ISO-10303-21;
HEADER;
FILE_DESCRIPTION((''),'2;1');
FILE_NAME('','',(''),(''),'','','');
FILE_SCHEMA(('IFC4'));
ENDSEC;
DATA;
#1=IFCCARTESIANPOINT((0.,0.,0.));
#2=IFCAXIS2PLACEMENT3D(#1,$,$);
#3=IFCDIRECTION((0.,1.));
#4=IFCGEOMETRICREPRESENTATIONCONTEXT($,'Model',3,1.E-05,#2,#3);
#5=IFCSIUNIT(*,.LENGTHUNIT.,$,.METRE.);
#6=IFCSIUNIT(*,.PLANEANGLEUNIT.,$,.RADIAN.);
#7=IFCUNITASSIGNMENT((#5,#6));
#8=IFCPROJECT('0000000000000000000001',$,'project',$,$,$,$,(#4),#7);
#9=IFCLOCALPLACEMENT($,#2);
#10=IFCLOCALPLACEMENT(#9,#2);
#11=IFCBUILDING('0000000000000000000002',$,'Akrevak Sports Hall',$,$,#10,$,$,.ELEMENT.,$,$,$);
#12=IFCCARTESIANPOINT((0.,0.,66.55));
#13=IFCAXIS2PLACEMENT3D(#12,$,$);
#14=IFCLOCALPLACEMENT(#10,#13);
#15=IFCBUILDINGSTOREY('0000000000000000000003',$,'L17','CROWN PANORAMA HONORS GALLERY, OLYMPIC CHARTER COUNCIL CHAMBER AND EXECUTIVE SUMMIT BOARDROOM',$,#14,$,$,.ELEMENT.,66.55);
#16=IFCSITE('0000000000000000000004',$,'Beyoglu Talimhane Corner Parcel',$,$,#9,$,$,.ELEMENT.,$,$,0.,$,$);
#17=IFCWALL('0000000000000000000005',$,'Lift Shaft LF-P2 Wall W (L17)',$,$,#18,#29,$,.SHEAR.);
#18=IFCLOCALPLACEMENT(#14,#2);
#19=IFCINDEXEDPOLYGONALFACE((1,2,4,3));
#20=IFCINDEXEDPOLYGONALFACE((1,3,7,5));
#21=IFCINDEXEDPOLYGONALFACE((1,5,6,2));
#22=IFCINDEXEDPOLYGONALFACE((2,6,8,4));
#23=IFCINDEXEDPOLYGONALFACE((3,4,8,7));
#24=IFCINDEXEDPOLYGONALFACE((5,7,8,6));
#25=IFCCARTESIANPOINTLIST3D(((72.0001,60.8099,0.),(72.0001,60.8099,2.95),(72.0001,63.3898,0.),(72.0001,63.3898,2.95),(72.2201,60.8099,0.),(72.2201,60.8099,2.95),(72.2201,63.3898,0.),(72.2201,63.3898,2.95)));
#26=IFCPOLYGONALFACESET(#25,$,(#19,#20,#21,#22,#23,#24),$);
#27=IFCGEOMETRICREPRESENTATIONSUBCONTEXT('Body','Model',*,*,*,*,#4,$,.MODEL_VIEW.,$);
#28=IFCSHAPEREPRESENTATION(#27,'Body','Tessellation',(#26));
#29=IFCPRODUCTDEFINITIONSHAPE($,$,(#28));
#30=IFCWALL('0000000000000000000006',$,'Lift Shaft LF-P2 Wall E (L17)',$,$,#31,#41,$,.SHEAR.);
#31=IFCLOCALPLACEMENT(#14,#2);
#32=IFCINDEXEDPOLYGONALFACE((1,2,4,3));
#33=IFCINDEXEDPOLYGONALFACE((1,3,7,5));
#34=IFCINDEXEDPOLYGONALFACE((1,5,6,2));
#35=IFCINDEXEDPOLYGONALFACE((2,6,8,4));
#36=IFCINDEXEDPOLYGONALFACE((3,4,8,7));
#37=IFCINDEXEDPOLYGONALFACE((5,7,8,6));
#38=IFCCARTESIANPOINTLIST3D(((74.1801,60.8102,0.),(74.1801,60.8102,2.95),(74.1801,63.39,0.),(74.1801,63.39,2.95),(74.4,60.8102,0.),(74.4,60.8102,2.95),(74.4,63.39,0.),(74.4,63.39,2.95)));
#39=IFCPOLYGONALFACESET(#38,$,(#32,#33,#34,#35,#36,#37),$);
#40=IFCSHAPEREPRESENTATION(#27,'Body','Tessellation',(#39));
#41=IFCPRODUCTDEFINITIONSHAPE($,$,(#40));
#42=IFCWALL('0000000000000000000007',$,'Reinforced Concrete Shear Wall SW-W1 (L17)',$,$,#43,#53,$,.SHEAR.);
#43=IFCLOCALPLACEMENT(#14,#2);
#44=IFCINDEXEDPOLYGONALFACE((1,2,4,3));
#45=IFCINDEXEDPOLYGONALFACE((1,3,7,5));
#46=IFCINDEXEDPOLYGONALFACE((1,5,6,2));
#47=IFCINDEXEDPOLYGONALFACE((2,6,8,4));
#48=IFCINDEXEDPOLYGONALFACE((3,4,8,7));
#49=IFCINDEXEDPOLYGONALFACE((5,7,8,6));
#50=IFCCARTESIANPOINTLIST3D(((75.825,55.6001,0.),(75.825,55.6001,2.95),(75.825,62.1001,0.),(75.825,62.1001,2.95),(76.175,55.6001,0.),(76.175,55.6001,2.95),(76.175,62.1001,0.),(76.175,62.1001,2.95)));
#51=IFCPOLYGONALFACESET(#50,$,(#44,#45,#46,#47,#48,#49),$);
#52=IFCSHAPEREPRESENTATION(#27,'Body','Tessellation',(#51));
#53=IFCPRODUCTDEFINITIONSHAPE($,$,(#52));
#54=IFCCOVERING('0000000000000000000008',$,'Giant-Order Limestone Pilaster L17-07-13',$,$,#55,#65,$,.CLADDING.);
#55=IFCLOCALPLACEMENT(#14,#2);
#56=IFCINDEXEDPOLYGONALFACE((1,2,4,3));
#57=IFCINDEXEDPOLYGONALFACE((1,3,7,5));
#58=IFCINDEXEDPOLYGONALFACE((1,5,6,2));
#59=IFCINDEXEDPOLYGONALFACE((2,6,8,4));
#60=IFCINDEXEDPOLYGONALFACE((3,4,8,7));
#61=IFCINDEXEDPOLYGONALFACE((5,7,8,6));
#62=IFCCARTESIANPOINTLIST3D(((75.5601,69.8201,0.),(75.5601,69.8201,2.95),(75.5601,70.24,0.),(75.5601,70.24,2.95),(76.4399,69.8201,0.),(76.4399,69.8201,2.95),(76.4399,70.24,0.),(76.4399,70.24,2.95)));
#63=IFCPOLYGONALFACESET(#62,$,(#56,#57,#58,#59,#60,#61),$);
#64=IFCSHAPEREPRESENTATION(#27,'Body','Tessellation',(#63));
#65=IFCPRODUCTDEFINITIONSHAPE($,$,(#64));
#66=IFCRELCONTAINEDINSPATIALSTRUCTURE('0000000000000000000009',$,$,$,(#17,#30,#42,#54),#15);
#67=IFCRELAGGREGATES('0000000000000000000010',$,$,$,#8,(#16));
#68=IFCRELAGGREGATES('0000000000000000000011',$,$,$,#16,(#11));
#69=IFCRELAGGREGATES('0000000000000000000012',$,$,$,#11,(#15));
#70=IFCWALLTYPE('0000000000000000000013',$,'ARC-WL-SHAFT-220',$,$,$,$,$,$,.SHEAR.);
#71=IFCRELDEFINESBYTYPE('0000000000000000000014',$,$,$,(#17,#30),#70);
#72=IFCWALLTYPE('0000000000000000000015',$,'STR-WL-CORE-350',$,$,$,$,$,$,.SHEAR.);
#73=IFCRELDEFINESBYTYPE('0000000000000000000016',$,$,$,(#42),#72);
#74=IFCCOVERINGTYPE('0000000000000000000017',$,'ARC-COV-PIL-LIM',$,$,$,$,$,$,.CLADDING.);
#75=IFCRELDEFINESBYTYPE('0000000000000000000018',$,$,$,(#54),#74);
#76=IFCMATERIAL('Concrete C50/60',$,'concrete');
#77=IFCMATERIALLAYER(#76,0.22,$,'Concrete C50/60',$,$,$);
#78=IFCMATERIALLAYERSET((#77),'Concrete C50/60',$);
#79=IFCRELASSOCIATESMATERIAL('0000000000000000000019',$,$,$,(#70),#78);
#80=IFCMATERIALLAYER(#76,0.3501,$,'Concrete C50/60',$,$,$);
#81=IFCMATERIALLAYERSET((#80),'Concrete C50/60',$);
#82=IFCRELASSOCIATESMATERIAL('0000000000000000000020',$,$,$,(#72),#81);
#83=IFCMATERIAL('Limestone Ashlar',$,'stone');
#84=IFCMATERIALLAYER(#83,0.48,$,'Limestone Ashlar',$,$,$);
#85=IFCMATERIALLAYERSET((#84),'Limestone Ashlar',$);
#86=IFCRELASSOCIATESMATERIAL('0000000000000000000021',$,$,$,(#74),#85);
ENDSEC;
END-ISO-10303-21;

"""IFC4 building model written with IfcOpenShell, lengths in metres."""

from ifc_helpers import new_model, si_unit, direction, frame, frame_2d, origin, origin_2d, place, context, subcontext, project, spatial, rectangle, extrude, material, layer, layer_set, type_object, element, save


model = new_model("IFC4")

# Units and contexts
model_context = context("Model", 3, precision=1e-05, world=origin(), true_north=direction((0.0, 1.0)))
body_context = subcontext(model_context, "Body", "Model", "MODEL_VIEW")
ifc_project = project(units=[si_unit("LENGTHUNIT", "METRE"), si_unit("PLANEANGLEUNIT", "RADIAN")], contexts=[model_context])

# Site, building, storey
site_placement = place(None, origin())
site = spatial("IfcSite", under=ifc_project, at=site_placement, Name="Beyoglu Talimhane Corner Parcel", CompositionType="ELEMENT", RefElevation=0.0)
building_placement = place(site_placement, origin())
building = spatial("IfcBuilding", under=site, at=building_placement, Name="Akrevak Sports Hall", CompositionType="ELEMENT")
storey_placement = place(building_placement, frame((0.0, 0.0, 66.55)))
storey = spatial("IfcBuildingStorey", under=building, at=storey_placement, Name="L17", Description="CROWN PANORAMA HONORS GALLERY, OLYMPIC CHARTER COUNCIL CHAMBER AND EXECUTIVE SUMMIT BOARDROOM", CompositionType="ELEMENT", Elevation=66.55)

# Shared definitions
ifc_material_1 = material(Name="Concrete C50/60", Category="concrete")
ifc_layer_1 = layer(ifc_material_1, 0.22, Name="Concrete C50/60")
ifc_layer_set_1 = layer_set([ifc_layer_1], Name="Concrete C50/60")
wall_type_1 = type_object("IfcWallType", Name="ARC-WL-SHAFT-220", PredefinedType="SHEAR", material=ifc_layer_set_1)

# Walls
for number, where, z_axis, x_axis, name in (
    (1, (72.1101, 63.3899, 0.0), (0.0, 0.0, 1.0), (0.0, -1.0, 0.0), "Lift Shaft LF-P2 Wall W (L17)"),
    (2, (74.29, 60.8101, 0.0), (0.0, 0.0, 1.0), (0.0, 1.0, 0.0), "Lift Shaft LF-P2 Wall E (L17)"),
):
    element("IfcWall", number, at=place(storey_placement, frame(where, z_axis=z_axis, x_axis=x_axis)), inside=storey, type_object=wall_type_1, Name=name, PredefinedType="SHEAR", context=body_context, shape_type="SweptSolid", body=[
        extrude(rectangle(XDim=2.5798, YDim=0.22, at=frame_2d((1.29, 0.0))), origin(), (0.0, 0.0, 1.0), 2.95),
    ])
ifc_layer_2 = layer(ifc_material_1, 0.3501, Name="Concrete C50/60")
ifc_layer_set_2 = layer_set([ifc_layer_2], Name="Concrete C50/60")
wall_type_2 = type_object("IfcWallType", Name="STR-WL-CORE-350", PredefinedType="SHEAR", material=ifc_layer_set_2)
wall_1_placement = place(storey_placement, frame((76.0, 55.6001, 0.0), z_axis=(0.0, 0.0, 1.0), x_axis=(0.0, 1.0, 0.0)))
element("IfcWall", 3, at=wall_1_placement, inside=storey, type_object=wall_type_2, Name="Reinforced Concrete Shear Wall SW-W1 (L17)", PredefinedType="SHEAR", context=body_context, shape_type="SweptSolid", body=[
    extrude(rectangle(XDim=6.5, YDim=0.3501, at=frame_2d((3.25, 0.0))), origin(), (0.0, 0.0, 1.0), 2.95),
])

# Covering
ifc_material_2 = material(Name="Limestone Ashlar", Category="stone")
ifc_layer_3 = layer(ifc_material_2, 0.48, Name="Limestone Ashlar")
ifc_layer_set_3 = layer_set([ifc_layer_3], Name="Limestone Ashlar")
covering_type = type_object("IfcCoveringType", Name="ARC-COV-PIL-LIM", PredefinedType="CLADDING", material=ifc_layer_set_3)
covering_placement = place(storey_placement, frame((76.0, 70.03, 0.0), z_axis=(0.0, 0.0, 1.0), x_axis=(-1.0, 0.0, 0.0)))
element("IfcCovering", 4, at=covering_placement, inside=storey, type_object=covering_type, Name="Giant-Order Limestone Pilaster L17-07-13", PredefinedType="CLADDING", context=body_context, shape_type="SweptSolid", body=[
    extrude(rectangle(XDim=0.8799, YDim=0.4199, at=origin_2d()), origin(), (0.0, 0.0, 1.0), 2.95),
])

save(model, "model.ifc")
